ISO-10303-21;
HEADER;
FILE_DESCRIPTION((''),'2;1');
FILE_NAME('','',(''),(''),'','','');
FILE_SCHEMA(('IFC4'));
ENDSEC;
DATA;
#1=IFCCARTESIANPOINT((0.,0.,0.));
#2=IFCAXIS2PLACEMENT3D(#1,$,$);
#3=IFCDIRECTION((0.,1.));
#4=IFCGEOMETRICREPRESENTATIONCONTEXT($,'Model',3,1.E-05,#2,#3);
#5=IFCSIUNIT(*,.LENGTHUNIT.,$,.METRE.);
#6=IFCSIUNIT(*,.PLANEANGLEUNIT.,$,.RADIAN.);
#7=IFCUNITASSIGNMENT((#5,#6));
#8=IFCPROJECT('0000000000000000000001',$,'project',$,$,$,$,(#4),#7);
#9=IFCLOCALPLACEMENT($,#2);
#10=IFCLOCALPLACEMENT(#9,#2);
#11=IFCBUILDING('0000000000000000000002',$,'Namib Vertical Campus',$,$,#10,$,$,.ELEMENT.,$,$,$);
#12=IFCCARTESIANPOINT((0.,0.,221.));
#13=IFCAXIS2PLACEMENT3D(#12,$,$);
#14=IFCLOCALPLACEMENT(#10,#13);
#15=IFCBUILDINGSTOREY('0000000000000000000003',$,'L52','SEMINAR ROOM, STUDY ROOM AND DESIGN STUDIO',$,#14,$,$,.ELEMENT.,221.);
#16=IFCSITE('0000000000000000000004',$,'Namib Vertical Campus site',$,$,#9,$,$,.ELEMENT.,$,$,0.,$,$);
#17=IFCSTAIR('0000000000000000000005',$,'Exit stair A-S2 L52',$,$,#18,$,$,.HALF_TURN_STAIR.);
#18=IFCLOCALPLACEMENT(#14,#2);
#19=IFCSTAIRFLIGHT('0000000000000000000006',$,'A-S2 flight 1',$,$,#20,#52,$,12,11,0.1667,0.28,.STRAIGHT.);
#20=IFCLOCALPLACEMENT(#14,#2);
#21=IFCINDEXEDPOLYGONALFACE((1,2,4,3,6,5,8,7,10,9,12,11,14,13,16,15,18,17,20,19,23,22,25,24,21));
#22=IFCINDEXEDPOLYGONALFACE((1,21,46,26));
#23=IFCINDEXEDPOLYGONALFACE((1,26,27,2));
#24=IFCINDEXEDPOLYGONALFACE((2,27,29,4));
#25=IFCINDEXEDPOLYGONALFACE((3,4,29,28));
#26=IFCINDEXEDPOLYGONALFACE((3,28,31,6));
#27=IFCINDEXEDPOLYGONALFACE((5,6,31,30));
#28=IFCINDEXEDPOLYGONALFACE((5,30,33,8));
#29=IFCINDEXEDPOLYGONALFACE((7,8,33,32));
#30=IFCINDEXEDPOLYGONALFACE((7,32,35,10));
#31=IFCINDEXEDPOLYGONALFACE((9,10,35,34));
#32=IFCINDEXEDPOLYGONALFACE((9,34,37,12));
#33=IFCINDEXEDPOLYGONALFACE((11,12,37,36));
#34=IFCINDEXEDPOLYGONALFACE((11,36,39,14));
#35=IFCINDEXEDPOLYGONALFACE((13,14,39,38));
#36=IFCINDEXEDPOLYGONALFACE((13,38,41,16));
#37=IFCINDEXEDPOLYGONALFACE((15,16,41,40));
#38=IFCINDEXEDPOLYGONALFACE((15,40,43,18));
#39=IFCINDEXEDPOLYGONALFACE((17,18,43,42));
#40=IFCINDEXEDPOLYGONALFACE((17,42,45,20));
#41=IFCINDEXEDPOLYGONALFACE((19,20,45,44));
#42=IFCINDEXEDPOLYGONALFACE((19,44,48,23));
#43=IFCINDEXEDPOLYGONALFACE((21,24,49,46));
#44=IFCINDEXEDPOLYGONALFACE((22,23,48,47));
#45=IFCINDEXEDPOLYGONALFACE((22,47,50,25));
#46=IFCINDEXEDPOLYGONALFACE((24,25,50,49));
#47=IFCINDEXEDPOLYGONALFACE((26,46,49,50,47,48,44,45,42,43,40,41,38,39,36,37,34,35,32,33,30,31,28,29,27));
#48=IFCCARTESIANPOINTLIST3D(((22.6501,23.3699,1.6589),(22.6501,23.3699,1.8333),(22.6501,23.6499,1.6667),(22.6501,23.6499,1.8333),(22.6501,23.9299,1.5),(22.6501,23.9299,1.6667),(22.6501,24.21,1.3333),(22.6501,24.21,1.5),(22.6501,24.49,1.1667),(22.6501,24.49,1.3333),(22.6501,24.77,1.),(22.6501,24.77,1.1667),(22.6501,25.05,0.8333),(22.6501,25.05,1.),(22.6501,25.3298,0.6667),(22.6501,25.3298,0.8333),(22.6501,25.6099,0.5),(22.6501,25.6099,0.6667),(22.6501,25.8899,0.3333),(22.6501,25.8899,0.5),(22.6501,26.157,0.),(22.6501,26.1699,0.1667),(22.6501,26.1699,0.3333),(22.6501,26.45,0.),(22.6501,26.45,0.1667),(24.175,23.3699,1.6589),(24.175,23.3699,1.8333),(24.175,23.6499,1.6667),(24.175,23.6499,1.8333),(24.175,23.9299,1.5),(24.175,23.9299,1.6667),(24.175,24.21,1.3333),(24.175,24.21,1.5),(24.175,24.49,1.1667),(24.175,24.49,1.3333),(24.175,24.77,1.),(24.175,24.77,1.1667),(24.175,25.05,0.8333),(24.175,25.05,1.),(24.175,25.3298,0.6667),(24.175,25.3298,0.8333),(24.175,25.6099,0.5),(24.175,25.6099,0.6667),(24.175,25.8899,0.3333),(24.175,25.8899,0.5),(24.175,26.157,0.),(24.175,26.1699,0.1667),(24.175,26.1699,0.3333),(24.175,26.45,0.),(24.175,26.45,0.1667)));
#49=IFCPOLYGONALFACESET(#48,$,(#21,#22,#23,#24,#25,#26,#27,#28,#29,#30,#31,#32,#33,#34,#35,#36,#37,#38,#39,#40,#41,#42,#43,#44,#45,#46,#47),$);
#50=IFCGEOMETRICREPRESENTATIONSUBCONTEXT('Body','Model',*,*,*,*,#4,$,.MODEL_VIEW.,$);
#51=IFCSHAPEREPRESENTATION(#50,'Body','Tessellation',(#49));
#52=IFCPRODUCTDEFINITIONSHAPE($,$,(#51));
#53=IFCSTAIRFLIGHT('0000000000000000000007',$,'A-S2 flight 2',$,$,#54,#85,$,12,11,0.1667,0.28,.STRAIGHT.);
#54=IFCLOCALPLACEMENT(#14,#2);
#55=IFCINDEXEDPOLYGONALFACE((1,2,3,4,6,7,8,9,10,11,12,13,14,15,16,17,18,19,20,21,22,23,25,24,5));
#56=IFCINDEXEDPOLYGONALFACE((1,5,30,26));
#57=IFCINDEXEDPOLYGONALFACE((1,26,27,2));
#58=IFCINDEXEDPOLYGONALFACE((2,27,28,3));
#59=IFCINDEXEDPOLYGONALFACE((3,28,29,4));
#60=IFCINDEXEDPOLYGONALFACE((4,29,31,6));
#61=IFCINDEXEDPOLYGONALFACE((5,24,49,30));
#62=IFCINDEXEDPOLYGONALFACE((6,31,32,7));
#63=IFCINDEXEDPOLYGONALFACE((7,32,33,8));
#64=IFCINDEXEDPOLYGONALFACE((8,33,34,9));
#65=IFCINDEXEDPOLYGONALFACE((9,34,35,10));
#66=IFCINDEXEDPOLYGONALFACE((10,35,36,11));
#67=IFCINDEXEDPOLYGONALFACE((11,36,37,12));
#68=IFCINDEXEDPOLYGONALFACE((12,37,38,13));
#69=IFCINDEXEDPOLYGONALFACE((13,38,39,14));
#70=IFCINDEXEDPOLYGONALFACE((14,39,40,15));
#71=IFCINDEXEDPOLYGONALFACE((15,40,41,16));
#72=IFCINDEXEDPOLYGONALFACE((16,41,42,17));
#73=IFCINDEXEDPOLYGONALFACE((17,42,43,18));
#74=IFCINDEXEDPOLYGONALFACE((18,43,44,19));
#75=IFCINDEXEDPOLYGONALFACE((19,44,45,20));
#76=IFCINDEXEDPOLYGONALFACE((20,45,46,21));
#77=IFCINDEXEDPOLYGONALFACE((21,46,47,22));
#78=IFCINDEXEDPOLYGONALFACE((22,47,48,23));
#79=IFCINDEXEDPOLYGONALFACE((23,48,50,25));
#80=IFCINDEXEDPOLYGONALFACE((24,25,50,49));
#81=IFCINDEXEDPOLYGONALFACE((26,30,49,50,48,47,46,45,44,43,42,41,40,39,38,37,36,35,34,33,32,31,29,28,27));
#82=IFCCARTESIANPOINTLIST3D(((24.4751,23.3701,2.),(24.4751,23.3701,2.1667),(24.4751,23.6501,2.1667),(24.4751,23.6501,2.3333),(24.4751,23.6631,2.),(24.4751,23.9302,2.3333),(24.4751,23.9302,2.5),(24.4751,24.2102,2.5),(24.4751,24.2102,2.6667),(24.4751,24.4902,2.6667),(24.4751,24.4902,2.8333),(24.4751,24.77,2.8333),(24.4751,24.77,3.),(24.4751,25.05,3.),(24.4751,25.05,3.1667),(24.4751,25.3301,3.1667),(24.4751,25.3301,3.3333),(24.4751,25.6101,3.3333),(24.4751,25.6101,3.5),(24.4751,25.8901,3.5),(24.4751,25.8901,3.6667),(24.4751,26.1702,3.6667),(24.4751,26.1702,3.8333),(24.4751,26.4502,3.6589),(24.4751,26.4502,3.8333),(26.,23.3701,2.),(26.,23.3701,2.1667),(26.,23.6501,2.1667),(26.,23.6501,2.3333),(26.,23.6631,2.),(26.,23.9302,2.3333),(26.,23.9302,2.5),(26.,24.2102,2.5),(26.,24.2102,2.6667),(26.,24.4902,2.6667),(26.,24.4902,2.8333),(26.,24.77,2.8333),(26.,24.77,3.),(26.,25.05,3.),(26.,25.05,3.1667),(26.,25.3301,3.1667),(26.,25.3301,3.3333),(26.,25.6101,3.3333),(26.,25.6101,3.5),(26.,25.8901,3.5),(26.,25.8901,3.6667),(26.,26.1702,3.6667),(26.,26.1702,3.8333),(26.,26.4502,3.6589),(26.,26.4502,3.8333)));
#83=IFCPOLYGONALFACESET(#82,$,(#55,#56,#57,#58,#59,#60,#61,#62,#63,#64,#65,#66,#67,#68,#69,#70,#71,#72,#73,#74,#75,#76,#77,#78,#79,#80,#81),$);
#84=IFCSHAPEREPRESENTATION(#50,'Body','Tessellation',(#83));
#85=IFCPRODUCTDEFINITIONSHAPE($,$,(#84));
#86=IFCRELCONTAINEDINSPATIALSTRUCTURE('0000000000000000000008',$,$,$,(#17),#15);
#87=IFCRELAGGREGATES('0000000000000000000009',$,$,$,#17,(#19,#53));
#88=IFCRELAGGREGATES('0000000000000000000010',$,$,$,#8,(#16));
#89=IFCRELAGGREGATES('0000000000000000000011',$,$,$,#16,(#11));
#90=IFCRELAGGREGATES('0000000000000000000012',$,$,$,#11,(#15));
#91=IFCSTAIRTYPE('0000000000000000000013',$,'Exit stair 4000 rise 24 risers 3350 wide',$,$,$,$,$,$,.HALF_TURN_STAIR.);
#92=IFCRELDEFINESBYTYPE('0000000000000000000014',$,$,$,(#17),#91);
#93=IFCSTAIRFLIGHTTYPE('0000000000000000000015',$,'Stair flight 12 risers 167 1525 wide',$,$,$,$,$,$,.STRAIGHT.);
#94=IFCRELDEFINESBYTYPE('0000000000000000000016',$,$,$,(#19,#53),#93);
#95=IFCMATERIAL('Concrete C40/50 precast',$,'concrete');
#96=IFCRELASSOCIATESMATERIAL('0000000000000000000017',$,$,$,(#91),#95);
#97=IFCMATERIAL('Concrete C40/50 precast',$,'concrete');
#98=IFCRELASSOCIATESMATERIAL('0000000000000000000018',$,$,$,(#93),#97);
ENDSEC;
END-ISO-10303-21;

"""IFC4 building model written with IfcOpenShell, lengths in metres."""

from ifc_helpers import new_model, si_unit, direction, frame, origin, place, context, subcontext, project, spatial, polyline, outline, extrude, material, type_object, element, aggregate, save


model = new_model("IFC4")

# Units and contexts
model_context = context("Model", 3, precision=1e-05, world=origin(), true_north=direction((0.0, 1.0)))
body_context = subcontext(model_context, "Body", "Model", "MODEL_VIEW")
ifc_project = project(units=[si_unit("LENGTHUNIT", "METRE"), si_unit("PLANEANGLEUNIT", "RADIAN")], contexts=[model_context])

# Site, building, storey
site_placement = place(None, origin())
site = spatial("IfcSite", under=ifc_project, at=site_placement, Name="Namib Vertical Campus site", CompositionType="ELEMENT", RefElevation=0.0)
building_placement = place(site_placement, origin())
building = spatial("IfcBuilding", under=site, at=building_placement, Name="Namib Vertical Campus", CompositionType="ELEMENT")
storey_placement = place(building_placement, frame((0.0, 0.0, 221.0)))
storey = spatial("IfcBuildingStorey", under=building, at=storey_placement, Name="L52", Description="SEMINAR ROOM, STUDY ROOM AND DESIGN STUDIO", CompositionType="ELEMENT", Elevation=221.0)

# Stair, stair flights
ifc_material_1 = material(Name="Concrete C40/50 precast", Category="concrete")
stair_type = type_object("IfcStairType", Name="Exit stair 4000 rise 24 risers 3350 wide", PredefinedType="HALF_TURN_STAIR", material=ifc_material_1)
stair_placement = place(storey_placement, origin())
stair = element("IfcStair", 1, at=stair_placement, inside=storey, type_object=stair_type, Name="Exit stair A-S2 L52", PredefinedType="HALF_TURN_STAIR")
ifc_material_2 = material(Name="Concrete C40/50 precast", Category="concrete")
stair_flight_type = type_object("IfcStairFlightType", Name="Stair flight 12 risers 167 1525 wide", PredefinedType="STRAIGHT", material=ifc_material_2)
stair_flight_1_placement = place(storey_placement, frame((23.4126, 26.45, 0.0), z_axis=(0.0, 0.0, 1.0), x_axis=(0.0, -1.0, 0.0)))
stair_flight_1 = element("IfcStairFlight", 2, at=stair_flight_1_placement, type_object=stair_flight_type, Name="A-S2 flight 1", NumberOfRisers=12, NumberOfTreads=11, PredefinedType="STRAIGHT", RiserHeight=0.1667, TreadLength=0.28, context=body_context, shape_type="SweptSolid", body=[
    extrude(outline(polyline([(0.0, 0.0), (0.0, 0.1667), (0.28, 0.1667), (0.28, 0.3333), (0.5601, 0.3333), (0.5601, 0.5), (0.8401, 0.5), (0.8401, 0.6667), (1.1201, 0.6667), (1.1201, 0.8333), (1.3999, 0.8333), (1.3999, 1.0), (1.6799, 1.0), (1.6799, 1.1667), (1.96, 1.1667), (1.96, 1.3333), (2.24, 1.3333), (2.24, 1.5), (2.52, 1.5), (2.52, 1.6667), (2.8, 1.6667), (2.8, 1.8333), (3.0801, 1.8333), (3.0801, 2.0), (3.0801, 1.6589), (0.293, 0.0), (0.0, 0.0)])), frame((0.0, 0.7625, 0.0), z_axis=(0.0, -1.0, 0.0), x_axis=(1.0, 0.0, 0.0)), (0.0, 0.0, 1.0), 1.5249),
])
stair_flight_2_placement = place(storey_placement, frame((25.2375, 23.3701, 2.0), z_axis=(0.0, 0.0, 1.0), x_axis=(0.0, 1.0, 0.0)))
stair_flight_2 = element("IfcStairFlight", 3, at=stair_flight_2_placement, type_object=stair_flight_type, Name="A-S2 flight 2", NumberOfRisers=12, NumberOfTreads=11, PredefinedType="STRAIGHT", RiserHeight=0.1667, TreadLength=0.28, context=body_context, shape_type="SweptSolid", body=[
    extrude(outline(polyline([(0.0, 0.0), (0.0, 0.1667), (0.28, 0.1667), (0.28, 0.3333), (0.5601, 0.3333), (0.5601, 0.5), (0.8401, 0.5), (0.8401, 0.6667), (1.1201, 0.6667), (1.1201, 0.8333), (1.3999, 0.8333), (1.3999, 1.0), (1.6799, 1.0), (1.6799, 1.1667), (1.96, 1.1667), (1.96, 1.3333), (2.24, 1.3333), (2.24, 1.5), (2.52, 1.5), (2.52, 1.6667), (2.8, 1.6667), (2.8, 1.8333), (3.0801, 1.8333), (3.0801, 2.0), (3.0801, 1.6589), (0.293, 0.0), (0.0, 0.0)])), frame((0.0, 0.7625, 0.0), z_axis=(0.0, -1.0, 0.0), x_axis=(1.0, 0.0, 0.0)), (0.0, 0.0, 1.0), 1.5249),
])
aggregate(stair, [stair_flight_1, stair_flight_2])

save(model, "model.ifc")
